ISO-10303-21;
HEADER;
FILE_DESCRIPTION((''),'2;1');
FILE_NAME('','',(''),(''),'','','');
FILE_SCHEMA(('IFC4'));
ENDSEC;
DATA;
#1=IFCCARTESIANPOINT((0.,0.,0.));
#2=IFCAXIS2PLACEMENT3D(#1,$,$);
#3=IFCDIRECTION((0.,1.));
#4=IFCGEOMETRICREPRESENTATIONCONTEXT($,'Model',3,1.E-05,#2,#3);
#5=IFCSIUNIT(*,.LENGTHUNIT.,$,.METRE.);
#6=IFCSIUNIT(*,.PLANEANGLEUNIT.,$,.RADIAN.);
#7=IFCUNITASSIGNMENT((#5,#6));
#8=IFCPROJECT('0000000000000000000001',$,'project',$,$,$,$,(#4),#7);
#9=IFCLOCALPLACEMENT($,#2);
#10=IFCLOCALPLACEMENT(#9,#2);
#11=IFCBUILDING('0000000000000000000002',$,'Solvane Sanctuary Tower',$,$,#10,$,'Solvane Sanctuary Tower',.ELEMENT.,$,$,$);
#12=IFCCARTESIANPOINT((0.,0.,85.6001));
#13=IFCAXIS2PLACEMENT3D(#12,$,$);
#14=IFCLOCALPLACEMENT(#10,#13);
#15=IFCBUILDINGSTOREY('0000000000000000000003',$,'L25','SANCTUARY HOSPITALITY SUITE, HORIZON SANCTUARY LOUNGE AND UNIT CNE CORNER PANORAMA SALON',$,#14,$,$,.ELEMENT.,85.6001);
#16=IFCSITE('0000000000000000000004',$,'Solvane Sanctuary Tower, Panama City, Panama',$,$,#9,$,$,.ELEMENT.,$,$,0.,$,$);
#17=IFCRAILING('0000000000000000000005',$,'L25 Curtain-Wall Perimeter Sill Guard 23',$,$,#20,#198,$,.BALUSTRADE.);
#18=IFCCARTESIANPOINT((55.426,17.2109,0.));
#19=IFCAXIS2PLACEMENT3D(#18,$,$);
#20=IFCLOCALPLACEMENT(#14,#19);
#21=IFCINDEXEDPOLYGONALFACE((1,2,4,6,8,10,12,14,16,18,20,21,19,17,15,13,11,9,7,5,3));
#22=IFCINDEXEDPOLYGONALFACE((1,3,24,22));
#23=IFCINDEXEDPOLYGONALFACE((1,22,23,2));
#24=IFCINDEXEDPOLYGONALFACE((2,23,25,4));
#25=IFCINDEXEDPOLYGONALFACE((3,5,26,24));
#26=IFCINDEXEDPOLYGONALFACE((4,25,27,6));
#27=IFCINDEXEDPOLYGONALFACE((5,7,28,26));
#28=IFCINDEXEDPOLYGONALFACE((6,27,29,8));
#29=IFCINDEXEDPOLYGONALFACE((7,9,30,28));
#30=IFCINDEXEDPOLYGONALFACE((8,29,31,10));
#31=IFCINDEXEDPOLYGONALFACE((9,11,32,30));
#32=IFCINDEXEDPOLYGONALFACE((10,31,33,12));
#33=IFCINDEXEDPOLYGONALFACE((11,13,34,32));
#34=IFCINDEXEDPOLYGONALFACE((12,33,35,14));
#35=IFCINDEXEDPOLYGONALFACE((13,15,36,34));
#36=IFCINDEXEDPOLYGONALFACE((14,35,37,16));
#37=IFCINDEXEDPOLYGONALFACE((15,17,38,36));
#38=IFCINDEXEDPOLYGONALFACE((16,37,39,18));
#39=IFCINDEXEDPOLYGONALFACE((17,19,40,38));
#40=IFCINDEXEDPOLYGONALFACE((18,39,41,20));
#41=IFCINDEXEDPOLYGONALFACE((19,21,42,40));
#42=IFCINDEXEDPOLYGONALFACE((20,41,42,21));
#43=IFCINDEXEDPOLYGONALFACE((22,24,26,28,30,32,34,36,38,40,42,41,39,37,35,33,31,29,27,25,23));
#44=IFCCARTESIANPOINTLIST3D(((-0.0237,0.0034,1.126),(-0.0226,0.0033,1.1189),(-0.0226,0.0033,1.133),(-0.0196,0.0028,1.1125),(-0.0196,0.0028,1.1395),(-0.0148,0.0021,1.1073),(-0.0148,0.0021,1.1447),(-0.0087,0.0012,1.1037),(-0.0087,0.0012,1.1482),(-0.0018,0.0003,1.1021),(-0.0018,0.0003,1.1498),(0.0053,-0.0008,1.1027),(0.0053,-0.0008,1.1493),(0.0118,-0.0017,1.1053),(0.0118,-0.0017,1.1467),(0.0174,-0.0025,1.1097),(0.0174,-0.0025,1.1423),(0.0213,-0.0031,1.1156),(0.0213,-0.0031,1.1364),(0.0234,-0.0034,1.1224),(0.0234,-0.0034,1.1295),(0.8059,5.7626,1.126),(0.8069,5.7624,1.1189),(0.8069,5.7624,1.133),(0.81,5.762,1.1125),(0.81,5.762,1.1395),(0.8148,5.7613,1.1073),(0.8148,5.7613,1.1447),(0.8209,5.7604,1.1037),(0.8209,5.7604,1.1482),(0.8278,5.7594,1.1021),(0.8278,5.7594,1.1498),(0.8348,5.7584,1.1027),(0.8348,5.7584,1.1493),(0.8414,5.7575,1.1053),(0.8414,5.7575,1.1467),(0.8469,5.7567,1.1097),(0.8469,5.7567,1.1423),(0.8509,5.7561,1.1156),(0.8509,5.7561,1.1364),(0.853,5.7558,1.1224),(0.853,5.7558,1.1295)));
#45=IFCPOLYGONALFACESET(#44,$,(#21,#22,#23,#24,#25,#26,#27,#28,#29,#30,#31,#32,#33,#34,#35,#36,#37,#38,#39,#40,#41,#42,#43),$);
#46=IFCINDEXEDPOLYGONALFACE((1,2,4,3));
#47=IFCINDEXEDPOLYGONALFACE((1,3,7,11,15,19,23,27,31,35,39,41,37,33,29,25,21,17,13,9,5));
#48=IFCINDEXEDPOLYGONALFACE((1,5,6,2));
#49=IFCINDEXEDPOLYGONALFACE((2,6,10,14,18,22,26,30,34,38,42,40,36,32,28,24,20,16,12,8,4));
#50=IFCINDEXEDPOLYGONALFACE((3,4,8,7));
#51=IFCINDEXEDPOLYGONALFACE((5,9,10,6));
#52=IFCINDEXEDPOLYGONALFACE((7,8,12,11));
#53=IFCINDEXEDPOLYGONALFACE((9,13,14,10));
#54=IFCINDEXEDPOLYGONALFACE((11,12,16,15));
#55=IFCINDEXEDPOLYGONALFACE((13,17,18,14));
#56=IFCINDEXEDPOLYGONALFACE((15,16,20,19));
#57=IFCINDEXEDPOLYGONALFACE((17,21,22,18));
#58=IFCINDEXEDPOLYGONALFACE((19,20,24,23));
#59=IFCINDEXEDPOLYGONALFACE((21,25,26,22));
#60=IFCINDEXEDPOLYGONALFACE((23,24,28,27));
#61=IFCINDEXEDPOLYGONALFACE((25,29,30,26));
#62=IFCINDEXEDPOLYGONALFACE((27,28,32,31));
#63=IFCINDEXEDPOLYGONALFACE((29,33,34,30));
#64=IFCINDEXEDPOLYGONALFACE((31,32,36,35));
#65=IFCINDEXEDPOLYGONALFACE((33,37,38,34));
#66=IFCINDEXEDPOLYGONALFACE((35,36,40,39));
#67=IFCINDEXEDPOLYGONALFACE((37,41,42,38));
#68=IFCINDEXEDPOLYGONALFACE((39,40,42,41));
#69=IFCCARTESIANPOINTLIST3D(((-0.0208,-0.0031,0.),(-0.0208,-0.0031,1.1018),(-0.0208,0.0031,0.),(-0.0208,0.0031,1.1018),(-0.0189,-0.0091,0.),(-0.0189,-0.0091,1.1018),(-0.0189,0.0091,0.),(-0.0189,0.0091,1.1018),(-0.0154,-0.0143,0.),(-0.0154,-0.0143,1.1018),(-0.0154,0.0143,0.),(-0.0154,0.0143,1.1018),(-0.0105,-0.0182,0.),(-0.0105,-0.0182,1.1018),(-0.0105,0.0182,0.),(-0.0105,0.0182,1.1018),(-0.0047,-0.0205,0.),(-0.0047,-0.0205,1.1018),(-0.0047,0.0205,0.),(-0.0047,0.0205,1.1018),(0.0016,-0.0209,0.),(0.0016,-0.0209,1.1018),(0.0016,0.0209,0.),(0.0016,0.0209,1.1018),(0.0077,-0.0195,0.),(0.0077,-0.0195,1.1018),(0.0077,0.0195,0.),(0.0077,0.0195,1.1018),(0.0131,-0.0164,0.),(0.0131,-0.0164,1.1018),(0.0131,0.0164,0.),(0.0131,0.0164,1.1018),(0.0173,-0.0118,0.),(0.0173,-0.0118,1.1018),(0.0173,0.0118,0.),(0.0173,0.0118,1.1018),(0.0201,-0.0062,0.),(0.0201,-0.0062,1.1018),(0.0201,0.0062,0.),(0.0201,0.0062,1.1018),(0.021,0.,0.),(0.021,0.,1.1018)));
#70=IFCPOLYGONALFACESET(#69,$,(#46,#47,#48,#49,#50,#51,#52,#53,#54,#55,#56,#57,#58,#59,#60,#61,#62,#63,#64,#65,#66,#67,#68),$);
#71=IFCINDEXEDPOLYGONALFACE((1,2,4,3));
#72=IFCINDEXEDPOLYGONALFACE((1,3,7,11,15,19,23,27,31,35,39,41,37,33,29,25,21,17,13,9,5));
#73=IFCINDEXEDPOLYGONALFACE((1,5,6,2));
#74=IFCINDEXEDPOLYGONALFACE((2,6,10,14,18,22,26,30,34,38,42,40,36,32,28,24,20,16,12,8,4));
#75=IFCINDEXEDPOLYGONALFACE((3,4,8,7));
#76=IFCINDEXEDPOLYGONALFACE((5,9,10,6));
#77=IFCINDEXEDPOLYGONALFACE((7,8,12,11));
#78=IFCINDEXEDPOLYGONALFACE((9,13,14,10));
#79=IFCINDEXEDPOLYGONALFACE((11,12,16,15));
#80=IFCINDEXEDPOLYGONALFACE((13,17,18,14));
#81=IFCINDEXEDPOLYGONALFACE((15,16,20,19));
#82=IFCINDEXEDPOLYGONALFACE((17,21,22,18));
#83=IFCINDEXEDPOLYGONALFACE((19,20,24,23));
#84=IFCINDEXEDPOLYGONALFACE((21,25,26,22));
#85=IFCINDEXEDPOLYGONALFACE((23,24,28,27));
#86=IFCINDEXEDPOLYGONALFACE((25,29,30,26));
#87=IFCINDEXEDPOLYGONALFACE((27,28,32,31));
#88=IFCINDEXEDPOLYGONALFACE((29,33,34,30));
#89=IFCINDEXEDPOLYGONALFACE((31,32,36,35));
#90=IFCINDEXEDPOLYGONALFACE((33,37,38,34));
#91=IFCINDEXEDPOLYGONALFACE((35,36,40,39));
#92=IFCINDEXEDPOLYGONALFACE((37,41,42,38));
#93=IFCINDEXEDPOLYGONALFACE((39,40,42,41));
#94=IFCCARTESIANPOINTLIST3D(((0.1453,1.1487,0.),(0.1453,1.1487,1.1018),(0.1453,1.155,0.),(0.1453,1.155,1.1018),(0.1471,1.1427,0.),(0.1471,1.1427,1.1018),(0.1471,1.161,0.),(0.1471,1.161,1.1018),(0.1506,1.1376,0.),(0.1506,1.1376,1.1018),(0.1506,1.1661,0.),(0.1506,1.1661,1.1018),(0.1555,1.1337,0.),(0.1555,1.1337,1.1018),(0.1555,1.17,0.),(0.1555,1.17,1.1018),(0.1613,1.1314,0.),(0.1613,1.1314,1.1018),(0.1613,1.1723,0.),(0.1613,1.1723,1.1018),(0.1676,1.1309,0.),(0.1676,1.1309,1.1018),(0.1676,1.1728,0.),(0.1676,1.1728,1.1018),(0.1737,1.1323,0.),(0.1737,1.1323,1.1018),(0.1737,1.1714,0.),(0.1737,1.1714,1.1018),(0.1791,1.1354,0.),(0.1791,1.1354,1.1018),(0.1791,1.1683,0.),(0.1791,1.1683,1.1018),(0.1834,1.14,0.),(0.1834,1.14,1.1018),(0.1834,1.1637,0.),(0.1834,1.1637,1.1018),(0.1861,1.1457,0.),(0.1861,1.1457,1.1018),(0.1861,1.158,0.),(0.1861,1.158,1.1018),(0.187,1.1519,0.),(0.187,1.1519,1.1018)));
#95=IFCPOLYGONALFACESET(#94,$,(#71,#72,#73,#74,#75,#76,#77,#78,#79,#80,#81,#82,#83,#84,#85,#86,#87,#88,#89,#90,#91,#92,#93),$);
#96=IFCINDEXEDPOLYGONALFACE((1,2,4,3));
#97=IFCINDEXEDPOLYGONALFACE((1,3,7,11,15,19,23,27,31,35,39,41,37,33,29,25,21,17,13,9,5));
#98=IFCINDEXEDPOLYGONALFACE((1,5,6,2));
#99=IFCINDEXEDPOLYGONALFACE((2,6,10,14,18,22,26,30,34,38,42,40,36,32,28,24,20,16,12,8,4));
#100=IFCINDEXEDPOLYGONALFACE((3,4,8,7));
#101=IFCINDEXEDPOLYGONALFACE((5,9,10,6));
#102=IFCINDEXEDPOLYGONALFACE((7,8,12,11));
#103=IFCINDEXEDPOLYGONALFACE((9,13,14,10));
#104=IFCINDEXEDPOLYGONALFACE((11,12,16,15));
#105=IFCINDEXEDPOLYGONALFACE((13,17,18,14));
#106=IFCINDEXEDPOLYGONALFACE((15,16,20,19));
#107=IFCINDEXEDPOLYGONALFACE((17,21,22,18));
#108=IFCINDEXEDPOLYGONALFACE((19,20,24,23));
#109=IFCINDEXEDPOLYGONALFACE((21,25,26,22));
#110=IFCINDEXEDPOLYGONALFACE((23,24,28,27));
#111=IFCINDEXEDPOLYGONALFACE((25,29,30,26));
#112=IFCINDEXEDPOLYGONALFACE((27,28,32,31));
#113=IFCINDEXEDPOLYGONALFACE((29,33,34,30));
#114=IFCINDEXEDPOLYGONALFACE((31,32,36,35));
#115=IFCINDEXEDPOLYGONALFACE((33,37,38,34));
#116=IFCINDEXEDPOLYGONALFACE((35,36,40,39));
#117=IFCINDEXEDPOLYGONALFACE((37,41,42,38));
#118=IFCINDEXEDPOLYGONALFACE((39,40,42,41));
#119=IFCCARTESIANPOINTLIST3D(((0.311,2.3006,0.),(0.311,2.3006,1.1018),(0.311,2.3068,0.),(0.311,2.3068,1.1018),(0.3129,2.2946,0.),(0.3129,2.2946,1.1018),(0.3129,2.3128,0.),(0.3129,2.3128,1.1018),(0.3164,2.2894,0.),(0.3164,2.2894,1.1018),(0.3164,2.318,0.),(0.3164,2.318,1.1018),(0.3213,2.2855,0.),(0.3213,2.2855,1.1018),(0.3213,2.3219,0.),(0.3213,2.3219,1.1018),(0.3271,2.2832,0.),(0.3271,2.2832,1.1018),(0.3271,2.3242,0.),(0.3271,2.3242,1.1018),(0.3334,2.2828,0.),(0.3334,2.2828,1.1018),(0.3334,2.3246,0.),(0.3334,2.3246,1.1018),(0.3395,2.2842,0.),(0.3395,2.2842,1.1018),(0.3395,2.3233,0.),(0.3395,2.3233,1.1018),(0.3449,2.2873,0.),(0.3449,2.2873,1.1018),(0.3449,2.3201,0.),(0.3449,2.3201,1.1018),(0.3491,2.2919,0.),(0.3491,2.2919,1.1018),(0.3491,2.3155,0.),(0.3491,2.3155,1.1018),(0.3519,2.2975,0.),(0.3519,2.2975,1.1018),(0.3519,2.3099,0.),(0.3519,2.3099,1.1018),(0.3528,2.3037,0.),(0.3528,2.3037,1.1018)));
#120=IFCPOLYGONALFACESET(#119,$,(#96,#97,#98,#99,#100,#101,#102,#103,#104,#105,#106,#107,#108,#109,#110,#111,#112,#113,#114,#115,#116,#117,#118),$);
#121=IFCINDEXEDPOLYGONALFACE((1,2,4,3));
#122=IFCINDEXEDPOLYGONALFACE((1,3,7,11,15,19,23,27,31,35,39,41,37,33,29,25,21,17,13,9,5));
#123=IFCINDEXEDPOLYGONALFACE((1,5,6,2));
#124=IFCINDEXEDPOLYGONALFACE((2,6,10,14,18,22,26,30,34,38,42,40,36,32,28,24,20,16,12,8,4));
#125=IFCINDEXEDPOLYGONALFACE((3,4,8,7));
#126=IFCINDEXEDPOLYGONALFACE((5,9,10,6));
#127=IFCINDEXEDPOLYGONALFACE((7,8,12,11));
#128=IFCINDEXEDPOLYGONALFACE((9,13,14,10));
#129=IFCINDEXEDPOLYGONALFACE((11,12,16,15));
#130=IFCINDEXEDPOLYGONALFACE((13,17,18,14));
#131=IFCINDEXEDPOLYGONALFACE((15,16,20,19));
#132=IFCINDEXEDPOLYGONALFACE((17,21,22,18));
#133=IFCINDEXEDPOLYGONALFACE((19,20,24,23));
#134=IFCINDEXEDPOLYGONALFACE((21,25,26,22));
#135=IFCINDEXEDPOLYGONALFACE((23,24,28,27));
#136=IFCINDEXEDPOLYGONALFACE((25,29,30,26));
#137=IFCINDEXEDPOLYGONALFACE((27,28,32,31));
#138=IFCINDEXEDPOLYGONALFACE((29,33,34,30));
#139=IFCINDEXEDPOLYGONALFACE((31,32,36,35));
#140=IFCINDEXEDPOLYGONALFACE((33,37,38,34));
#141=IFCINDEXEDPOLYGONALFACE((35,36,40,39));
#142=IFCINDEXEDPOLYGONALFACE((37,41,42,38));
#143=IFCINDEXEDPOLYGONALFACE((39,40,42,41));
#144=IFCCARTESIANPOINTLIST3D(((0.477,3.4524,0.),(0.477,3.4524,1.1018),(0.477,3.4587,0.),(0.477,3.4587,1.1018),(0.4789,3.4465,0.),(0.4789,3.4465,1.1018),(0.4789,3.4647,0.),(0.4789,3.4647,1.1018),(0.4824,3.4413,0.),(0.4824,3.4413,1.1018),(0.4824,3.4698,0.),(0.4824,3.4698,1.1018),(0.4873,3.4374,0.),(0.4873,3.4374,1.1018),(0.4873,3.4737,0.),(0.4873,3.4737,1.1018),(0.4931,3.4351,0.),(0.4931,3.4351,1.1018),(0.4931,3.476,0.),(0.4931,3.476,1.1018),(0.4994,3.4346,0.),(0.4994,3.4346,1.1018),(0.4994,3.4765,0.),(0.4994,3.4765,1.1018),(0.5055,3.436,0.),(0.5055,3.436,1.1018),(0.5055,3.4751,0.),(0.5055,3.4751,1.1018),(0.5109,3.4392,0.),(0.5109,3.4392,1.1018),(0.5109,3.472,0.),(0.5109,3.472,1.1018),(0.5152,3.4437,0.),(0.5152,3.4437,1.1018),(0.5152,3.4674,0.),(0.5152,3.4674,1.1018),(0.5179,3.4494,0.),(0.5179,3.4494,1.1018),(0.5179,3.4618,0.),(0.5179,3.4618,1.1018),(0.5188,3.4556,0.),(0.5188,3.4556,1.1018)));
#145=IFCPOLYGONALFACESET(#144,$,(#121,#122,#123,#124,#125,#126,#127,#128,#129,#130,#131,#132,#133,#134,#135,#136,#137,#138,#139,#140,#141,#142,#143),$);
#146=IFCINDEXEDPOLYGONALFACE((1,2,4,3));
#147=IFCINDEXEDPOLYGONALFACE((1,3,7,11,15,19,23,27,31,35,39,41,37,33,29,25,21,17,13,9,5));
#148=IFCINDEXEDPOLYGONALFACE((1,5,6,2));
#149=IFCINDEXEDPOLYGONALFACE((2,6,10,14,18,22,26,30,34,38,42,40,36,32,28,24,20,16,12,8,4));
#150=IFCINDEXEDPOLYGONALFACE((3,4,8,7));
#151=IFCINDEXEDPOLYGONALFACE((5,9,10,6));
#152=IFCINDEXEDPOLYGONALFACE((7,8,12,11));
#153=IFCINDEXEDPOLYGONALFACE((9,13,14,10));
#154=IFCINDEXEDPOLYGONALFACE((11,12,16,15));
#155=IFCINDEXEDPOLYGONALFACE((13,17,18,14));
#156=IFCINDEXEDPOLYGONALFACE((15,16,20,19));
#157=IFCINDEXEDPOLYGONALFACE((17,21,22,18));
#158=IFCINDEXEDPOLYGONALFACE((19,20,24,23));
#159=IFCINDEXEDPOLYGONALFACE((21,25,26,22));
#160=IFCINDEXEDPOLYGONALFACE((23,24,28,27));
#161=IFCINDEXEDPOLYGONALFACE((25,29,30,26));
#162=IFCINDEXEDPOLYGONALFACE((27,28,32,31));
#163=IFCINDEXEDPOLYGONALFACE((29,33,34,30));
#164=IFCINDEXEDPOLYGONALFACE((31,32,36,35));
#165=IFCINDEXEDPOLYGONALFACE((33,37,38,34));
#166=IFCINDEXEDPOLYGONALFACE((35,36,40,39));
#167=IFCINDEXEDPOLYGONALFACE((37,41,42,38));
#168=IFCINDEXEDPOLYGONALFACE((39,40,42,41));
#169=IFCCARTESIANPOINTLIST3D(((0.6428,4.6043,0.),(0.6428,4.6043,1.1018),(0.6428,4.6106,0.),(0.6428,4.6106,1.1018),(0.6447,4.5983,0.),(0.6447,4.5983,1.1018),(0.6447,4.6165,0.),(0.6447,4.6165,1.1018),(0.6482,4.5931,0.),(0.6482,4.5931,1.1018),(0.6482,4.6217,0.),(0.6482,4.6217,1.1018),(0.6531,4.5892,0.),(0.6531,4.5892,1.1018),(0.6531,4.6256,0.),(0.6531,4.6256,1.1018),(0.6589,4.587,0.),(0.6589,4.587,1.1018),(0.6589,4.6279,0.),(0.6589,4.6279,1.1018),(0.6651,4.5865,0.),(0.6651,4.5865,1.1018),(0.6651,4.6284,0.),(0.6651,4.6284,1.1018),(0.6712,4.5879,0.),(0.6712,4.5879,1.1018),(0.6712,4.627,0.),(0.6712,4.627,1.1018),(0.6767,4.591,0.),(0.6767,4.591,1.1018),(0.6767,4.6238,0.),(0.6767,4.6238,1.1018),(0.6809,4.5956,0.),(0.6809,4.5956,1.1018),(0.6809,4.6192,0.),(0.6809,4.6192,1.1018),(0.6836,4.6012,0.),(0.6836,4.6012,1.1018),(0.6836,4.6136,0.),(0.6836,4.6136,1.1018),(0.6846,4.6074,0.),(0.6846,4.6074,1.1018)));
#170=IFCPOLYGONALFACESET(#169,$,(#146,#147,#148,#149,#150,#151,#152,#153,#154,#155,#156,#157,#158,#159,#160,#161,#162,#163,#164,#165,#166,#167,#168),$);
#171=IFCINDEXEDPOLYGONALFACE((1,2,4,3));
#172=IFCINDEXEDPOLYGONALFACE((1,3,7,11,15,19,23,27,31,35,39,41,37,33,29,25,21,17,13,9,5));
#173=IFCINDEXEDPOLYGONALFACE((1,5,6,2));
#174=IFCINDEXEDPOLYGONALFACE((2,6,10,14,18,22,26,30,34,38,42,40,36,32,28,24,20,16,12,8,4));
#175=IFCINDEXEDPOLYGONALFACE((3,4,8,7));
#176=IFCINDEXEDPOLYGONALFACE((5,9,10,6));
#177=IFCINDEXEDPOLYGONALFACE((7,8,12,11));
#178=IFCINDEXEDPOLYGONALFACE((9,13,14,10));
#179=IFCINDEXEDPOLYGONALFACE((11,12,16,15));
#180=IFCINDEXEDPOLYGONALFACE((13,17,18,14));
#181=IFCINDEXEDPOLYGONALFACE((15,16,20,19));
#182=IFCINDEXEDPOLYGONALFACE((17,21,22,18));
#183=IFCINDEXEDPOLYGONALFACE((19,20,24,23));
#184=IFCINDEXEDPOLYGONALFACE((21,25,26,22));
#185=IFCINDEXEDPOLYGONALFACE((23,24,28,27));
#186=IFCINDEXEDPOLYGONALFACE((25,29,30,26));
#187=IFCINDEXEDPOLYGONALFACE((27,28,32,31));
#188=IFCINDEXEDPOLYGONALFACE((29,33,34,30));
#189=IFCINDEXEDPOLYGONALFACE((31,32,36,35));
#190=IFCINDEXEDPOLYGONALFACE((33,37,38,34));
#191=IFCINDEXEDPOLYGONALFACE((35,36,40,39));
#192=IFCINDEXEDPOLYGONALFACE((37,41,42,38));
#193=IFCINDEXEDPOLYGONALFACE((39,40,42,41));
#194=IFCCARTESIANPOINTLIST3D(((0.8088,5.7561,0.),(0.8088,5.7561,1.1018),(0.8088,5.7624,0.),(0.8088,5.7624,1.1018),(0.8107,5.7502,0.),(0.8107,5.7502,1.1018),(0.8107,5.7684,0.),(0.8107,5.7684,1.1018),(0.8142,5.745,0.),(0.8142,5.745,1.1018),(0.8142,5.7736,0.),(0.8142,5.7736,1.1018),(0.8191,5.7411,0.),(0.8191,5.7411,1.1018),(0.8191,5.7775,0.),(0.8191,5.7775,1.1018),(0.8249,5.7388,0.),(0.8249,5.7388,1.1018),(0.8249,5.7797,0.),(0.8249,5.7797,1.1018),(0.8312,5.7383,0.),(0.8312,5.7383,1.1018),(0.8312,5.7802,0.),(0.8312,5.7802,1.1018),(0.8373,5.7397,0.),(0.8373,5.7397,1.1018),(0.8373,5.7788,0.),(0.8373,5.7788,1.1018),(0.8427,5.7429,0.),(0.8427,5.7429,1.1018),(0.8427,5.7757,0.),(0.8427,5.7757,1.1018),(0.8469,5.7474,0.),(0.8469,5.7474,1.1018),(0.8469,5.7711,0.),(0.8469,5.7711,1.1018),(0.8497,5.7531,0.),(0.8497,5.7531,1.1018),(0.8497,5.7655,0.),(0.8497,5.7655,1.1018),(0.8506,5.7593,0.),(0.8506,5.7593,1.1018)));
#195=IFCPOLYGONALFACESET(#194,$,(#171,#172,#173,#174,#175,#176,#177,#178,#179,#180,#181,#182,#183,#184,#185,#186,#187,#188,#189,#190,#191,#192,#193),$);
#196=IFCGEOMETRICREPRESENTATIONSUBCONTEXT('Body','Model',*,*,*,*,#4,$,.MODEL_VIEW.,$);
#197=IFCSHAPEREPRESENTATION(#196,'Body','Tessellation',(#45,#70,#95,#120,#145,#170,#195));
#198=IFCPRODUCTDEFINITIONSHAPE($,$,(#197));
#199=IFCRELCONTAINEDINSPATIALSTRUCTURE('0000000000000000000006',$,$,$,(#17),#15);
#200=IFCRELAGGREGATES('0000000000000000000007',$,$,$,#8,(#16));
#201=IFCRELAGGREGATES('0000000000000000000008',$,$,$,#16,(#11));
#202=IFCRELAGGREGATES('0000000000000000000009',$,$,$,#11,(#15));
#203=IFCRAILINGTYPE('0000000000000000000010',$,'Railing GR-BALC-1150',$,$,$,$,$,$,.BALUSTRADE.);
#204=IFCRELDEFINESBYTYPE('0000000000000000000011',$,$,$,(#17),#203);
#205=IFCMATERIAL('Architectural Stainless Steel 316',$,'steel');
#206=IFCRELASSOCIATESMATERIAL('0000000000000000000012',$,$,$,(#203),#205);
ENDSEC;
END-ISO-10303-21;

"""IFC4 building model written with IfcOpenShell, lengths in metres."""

from ifc_helpers import new_model, si_unit, direction, frame, origin, origin_2d, place, context, subcontext, project, spatial, circle, extrude, material, type_object, element, save


model = new_model("IFC4")

# Units and contexts
model_context = context("Model", 3, precision=1e-05, world=origin(), true_north=direction((0.0, 1.0)))
body_context = subcontext(model_context, "Body", "Model", "MODEL_VIEW")
ifc_project = project(units=[si_unit("LENGTHUNIT", "METRE"), si_unit("PLANEANGLEUNIT", "RADIAN")], contexts=[model_context])

# Site, building, storey
site_placement = place(None, origin())
site = spatial("IfcSite", under=ifc_project, at=site_placement, Name="Solvane Sanctuary Tower, Panama City, Panama", CompositionType="ELEMENT", RefElevation=0.0)
building_placement = place(site_placement, origin())
building = spatial("IfcBuilding", under=site, at=building_placement, Name="Solvane Sanctuary Tower", LongName="Solvane Sanctuary Tower", CompositionType="ELEMENT")
storey_placement = place(building_placement, frame((0.0, 0.0, 85.6001)))
storey = spatial("IfcBuildingStorey", under=building, at=storey_placement, Name="L25", Description="SANCTUARY HOSPITALITY SUITE, HORIZON SANCTUARY LOUNGE AND UNIT CNE CORNER PANORAMA SALON", CompositionType="ELEMENT", Elevation=85.6001)

# Railing
ifc_material_1 = material(Name="Architectural Stainless Steel 316", Category="steel")
railing_type_1 = type_object("IfcRailingType", Name="Railing GR-BALC-1150", PredefinedType="BALUSTRADE", material=ifc_material_1)
railing_1_placement = place(storey_placement, frame((55.426, 17.2109, 0.0)))
element("IfcRailing", 1, at=railing_1_placement, inside=storey, type_object=railing_type_1, Name="L25 Curtain-Wall Perimeter Sill Guard 23", PredefinedType="BALUSTRADE", context=body_context, shape_type="SweptSolid", body=[
    extrude(circle(Radius=0.0239, at=origin_2d()), frame((0.0, 0.0, 1.126), z_axis=(0.142573, 0.989784, 0.0), x_axis=(-0.989784, 0.142573, 0.0)), (0.0, 0.0, 1.0), 5.8186),
    extrude(circle(Radius=0.021, at=origin_2d()), origin(), (0.0, 0.0, 1.0), 1.1018),
    extrude(circle(Radius=0.021, at=origin_2d()), frame((0.166, 1.1519, 0.0)), (0.0, 0.0, 1.0), 1.1018),
    extrude(circle(Radius=0.021, at=origin_2d()), frame((0.3318, 2.3037, 0.0)), (0.0, 0.0, 1.0), 1.1018),
    extrude(circle(Radius=0.021, at=origin_2d()), frame((0.4978, 3.4556, 0.0)), (0.0, 0.0, 1.0), 1.1018),
    extrude(circle(Radius=0.021, at=origin_2d()), frame((0.6636, 4.6074, 0.0)), (0.0, 0.0, 1.0), 1.1018),
    extrude(circle(Radius=0.021, at=origin_2d()), frame((0.8296, 5.7593, 0.0)), (0.0, 0.0, 1.0), 1.1018),
])

save(model, "model.ifc")
